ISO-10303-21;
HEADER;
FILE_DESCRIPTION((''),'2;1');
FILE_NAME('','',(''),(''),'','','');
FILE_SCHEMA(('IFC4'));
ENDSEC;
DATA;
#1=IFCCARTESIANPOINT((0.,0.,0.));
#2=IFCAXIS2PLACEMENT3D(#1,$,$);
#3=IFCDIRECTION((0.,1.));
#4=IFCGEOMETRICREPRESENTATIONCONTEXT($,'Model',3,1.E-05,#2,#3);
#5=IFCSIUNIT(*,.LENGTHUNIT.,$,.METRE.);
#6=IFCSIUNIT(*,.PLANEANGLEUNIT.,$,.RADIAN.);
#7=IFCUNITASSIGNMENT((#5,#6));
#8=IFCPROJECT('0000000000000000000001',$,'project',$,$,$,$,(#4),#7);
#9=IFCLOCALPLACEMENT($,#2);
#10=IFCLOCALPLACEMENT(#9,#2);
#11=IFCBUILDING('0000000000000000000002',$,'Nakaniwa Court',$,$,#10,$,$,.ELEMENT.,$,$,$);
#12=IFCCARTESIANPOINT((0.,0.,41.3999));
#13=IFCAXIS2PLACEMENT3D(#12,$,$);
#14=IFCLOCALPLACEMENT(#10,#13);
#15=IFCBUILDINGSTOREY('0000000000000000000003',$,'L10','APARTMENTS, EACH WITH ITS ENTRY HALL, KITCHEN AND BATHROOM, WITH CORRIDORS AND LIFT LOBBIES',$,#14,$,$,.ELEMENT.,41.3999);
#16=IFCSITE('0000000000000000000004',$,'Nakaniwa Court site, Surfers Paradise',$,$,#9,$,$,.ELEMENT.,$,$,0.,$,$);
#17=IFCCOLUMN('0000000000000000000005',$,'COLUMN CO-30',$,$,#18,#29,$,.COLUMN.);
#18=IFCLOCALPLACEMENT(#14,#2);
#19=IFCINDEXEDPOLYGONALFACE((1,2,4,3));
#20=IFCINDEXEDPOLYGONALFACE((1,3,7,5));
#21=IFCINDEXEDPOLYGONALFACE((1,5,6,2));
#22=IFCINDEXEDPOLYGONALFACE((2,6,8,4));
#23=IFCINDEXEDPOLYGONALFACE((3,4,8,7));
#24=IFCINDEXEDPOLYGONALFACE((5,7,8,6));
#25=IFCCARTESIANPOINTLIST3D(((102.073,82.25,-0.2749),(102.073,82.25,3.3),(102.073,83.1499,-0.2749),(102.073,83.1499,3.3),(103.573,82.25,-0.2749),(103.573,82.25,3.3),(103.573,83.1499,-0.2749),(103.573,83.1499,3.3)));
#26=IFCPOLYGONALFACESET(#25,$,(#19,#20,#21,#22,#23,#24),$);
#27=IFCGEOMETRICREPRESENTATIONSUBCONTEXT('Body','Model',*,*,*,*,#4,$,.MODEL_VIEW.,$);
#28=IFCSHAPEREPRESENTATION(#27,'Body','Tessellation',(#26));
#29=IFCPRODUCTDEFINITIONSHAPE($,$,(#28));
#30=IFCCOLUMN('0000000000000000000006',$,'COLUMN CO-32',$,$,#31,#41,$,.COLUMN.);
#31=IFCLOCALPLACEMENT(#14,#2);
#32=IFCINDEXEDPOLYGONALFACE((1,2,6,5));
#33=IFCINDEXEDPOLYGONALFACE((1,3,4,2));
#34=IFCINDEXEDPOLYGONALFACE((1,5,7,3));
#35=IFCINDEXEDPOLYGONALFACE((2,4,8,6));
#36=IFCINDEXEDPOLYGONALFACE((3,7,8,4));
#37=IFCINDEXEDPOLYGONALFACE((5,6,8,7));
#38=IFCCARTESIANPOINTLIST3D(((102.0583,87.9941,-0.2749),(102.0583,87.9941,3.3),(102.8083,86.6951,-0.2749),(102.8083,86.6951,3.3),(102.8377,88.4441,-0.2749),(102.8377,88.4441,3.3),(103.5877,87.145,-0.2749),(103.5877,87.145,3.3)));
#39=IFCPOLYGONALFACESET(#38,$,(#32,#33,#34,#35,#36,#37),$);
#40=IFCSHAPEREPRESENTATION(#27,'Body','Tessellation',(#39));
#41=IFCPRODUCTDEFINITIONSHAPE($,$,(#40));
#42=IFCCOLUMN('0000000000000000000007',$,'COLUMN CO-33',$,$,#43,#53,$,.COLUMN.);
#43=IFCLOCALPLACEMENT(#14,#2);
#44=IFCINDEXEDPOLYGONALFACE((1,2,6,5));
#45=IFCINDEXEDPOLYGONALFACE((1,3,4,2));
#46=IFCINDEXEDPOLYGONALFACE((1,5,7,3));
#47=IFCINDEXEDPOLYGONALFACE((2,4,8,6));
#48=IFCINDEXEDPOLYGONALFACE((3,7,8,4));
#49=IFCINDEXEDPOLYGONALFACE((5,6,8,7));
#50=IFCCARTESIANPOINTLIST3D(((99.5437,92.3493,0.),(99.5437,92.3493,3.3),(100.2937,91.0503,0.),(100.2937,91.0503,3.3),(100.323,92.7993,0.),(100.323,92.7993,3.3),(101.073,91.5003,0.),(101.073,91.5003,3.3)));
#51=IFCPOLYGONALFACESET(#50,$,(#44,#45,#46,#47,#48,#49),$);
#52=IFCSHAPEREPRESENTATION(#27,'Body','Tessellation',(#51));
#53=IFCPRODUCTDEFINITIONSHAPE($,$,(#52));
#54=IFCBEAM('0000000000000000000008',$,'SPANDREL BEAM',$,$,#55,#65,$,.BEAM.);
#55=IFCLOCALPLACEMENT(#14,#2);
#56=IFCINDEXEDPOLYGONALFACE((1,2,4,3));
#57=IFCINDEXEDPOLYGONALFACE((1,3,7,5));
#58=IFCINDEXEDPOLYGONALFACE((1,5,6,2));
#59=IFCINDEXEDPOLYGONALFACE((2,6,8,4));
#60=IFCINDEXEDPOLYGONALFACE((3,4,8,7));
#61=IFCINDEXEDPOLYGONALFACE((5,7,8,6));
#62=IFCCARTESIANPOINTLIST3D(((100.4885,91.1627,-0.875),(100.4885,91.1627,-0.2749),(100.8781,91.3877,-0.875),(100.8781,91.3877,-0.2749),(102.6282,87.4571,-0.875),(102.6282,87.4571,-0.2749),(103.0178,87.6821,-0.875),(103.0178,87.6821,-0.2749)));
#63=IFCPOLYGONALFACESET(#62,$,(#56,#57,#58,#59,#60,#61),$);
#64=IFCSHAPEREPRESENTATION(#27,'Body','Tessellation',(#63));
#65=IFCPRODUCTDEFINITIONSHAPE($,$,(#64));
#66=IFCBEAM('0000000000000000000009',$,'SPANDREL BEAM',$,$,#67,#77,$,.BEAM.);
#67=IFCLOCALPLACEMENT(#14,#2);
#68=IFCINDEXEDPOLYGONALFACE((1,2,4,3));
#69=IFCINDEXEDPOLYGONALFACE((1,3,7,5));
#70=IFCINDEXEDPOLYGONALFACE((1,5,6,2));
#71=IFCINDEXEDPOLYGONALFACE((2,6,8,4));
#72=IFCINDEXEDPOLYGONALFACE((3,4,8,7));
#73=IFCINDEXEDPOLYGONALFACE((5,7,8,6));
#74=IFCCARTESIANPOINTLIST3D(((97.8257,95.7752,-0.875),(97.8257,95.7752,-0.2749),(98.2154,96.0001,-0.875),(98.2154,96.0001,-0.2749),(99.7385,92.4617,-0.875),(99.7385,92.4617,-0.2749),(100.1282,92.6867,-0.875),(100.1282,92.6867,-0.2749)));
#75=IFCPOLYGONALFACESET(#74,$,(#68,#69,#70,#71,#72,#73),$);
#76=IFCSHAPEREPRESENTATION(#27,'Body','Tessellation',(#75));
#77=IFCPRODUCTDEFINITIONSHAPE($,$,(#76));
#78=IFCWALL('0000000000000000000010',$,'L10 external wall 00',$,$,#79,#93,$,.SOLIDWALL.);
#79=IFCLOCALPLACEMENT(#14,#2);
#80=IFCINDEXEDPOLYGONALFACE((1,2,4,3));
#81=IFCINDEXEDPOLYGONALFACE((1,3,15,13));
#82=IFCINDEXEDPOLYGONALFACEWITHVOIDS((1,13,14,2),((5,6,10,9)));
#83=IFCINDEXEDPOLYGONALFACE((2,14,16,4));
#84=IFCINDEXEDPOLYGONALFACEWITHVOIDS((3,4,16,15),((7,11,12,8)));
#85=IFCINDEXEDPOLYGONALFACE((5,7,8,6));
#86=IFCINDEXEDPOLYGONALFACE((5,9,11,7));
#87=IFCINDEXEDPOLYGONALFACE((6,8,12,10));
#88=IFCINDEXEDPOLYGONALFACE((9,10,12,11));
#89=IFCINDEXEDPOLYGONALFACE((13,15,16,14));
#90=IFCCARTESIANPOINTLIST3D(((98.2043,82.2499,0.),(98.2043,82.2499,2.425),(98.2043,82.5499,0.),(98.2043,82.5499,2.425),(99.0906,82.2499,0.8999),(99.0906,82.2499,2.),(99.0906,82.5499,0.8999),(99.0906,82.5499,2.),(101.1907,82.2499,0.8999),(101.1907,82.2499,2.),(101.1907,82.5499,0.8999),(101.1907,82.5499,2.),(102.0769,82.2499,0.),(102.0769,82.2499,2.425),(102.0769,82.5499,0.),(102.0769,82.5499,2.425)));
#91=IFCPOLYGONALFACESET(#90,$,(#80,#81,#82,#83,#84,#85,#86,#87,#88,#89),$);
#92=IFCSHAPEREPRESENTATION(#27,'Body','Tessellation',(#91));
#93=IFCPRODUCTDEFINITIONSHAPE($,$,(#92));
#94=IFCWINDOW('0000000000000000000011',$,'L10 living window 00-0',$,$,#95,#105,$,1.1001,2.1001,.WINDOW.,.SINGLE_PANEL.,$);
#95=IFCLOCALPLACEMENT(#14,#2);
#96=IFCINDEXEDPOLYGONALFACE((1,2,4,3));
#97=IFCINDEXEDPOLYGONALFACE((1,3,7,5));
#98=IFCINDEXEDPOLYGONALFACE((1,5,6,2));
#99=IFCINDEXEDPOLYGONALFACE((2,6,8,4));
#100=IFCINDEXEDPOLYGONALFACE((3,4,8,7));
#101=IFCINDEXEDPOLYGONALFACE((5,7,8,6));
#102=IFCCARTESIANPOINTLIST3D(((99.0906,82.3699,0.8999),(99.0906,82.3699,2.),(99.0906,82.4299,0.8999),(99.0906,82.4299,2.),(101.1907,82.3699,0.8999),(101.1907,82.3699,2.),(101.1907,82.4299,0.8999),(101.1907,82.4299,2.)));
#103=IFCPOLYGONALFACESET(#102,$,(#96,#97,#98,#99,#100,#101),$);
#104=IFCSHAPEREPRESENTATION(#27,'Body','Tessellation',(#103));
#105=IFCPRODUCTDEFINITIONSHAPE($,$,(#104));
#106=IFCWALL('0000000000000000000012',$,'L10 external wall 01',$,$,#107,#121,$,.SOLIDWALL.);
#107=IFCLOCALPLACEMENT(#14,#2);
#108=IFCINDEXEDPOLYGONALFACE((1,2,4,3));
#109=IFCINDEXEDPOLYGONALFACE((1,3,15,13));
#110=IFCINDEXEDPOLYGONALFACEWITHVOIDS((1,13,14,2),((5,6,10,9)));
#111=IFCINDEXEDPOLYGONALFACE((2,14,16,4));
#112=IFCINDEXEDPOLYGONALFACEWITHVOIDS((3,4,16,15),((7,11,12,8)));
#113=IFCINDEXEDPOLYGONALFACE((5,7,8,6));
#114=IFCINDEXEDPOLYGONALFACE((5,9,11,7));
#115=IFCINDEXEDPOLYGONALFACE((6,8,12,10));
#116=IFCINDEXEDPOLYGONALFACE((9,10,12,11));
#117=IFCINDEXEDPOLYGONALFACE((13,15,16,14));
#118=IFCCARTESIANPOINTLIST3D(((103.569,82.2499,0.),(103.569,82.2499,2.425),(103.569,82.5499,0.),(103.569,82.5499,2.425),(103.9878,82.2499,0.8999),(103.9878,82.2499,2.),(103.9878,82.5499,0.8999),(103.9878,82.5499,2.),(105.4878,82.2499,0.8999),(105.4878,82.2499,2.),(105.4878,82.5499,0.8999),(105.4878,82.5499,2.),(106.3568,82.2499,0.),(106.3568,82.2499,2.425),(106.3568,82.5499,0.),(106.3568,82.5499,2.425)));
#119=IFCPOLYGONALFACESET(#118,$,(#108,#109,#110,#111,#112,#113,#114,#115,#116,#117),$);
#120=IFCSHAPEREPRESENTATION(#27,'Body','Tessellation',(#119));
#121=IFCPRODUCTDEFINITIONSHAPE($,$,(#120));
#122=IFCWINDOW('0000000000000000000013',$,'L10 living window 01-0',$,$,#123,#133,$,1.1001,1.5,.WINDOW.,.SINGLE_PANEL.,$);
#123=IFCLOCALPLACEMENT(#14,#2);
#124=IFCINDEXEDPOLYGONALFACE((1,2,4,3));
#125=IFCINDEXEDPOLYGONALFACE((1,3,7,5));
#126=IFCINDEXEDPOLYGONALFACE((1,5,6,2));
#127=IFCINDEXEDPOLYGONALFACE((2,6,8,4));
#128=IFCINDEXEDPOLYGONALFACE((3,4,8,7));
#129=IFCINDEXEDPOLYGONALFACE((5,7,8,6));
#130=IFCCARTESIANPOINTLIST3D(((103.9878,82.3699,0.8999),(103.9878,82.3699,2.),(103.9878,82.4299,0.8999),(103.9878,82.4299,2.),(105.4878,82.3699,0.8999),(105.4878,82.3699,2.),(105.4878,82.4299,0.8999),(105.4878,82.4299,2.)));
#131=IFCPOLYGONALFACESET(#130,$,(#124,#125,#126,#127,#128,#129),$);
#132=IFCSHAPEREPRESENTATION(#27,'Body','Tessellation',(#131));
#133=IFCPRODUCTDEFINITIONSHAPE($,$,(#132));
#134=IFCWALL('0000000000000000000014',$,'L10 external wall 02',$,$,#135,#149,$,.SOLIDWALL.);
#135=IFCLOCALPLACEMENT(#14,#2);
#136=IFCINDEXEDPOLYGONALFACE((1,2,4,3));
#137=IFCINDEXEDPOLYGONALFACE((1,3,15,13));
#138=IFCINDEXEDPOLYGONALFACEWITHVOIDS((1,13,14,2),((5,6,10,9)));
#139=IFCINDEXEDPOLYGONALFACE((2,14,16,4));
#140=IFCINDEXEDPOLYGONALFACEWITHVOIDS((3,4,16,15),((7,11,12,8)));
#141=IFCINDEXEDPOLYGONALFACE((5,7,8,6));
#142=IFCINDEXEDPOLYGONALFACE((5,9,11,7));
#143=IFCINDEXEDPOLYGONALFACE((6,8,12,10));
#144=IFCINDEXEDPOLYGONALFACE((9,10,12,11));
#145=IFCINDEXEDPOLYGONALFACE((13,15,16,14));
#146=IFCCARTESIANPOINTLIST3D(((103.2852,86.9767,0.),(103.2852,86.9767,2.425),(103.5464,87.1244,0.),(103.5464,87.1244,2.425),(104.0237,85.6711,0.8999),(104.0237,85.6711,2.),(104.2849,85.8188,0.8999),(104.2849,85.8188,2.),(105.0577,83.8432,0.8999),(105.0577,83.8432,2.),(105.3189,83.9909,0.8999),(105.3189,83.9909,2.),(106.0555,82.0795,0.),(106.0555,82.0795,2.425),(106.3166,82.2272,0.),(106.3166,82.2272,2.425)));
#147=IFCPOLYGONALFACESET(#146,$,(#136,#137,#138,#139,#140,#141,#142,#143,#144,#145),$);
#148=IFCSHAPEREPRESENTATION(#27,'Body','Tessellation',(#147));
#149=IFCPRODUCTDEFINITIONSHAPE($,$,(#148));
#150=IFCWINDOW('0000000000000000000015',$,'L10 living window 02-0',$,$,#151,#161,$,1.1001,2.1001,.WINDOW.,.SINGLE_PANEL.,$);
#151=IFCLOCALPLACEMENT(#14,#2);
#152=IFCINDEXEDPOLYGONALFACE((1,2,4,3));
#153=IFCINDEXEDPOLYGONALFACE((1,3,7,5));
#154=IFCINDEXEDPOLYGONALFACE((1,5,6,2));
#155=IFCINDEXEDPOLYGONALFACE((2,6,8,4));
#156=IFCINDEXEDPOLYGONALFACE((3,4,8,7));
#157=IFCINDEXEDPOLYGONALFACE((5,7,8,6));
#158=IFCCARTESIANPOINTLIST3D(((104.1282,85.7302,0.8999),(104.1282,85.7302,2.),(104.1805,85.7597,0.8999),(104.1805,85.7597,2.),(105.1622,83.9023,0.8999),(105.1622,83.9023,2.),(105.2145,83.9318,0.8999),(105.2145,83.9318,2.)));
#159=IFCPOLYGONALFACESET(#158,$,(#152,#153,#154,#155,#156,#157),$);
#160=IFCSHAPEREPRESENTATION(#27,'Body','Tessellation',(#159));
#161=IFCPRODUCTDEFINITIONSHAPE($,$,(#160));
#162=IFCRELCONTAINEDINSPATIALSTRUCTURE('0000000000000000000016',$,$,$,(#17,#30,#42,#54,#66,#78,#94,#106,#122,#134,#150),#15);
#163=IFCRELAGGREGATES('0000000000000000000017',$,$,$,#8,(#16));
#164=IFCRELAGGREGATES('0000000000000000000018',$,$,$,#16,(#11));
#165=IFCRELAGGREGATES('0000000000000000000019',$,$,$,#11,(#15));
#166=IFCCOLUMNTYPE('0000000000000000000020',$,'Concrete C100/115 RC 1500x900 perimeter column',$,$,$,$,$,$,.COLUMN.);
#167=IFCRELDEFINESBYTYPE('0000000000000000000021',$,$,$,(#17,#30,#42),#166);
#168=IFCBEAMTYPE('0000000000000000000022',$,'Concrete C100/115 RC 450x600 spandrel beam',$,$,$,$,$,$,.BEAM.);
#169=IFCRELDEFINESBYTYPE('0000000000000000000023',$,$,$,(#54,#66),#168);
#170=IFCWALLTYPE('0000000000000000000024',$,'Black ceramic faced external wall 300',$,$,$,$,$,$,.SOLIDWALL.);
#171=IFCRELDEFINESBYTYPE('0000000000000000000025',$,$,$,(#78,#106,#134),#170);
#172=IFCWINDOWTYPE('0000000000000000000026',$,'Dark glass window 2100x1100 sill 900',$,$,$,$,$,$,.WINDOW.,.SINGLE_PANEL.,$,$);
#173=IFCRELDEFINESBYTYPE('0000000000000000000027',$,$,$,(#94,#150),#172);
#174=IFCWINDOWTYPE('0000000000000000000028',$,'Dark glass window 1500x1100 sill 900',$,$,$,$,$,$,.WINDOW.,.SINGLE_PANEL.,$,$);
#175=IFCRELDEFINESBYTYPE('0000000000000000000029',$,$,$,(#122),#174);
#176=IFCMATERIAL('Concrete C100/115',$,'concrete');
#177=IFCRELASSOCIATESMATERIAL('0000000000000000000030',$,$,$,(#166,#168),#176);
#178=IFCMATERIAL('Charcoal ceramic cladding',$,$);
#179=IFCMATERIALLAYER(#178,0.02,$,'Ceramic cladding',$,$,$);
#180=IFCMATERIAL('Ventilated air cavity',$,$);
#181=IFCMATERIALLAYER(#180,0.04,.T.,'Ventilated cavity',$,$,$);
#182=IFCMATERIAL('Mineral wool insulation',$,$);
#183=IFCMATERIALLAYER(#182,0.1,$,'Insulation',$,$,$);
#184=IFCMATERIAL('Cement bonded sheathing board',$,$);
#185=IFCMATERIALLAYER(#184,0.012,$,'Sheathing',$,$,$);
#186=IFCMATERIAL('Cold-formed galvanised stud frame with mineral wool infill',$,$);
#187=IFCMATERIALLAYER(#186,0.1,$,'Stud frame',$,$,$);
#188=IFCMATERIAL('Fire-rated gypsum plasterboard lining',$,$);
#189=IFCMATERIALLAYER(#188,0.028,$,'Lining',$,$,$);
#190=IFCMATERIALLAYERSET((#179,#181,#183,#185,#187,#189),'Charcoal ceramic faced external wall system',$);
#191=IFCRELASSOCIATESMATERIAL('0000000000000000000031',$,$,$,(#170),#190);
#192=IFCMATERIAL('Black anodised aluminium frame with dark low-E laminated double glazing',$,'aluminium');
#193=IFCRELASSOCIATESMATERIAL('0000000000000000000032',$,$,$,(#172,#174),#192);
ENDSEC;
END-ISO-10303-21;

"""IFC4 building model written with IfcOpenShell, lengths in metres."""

from ifc_helpers import new_model, si_unit, direction, frame, frame_2d, origin, origin_2d, place, context, subcontext, project, spatial, rectangle, extrude, material, layer, layer_set, material_profile, profile_set, type_object, element, fill, save


model = new_model("IFC4")

# Units and contexts
model_context = context("Model", 3, precision=1e-05, world=origin(), true_north=direction((0.0, 1.0)))
body_context = subcontext(model_context, "Body", "Model", "MODEL_VIEW")
ifc_project = project(units=[si_unit("LENGTHUNIT", "METRE"), si_unit("PLANEANGLEUNIT", "RADIAN")], contexts=[model_context])

# Site, building, storey
site_placement = place(None, origin())
site = spatial("IfcSite", under=ifc_project, at=site_placement, Name="Nakaniwa Court site, Surfers Paradise", CompositionType="ELEMENT", RefElevation=0.0)
building_placement = place(site_placement, origin())
building = spatial("IfcBuilding", under=site, at=building_placement, Name="Nakaniwa Court", CompositionType="ELEMENT")
storey_placement = place(building_placement, frame((0.0, 0.0, 41.3999)))
storey = spatial("IfcBuildingStorey", under=building, at=storey_placement, Name="L10", Description="APARTMENTS, EACH WITH ITS ENTRY HALL, KITCHEN AND BATHROOM, WITH CORRIDORS AND LIFT LOBBIES", CompositionType="ELEMENT", Elevation=41.3999)

# Columns
ifc_material_1 = material(Name="Concrete C100/115", Category="concrete")
ifc_material_profile_1 = material_profile(ifc_material_1, rectangle(XDim=1.5, YDim=0.8999, at=origin_2d()), Name="Concrete C100/115 RC 1500x900 perimeter column")
ifc_profile_set_1 = profile_set([ifc_material_profile_1], Name="Concrete C100/115")
column_type = type_object("IfcColumnType", Name="Concrete C100/115 RC 1500x900 perimeter column", PredefinedType="COLUMN", material=ifc_profile_set_1)
for number, where, z_axis, x_axis, name in (
    (1, (102.823, 82.7, -0.2749), (0.0, 0.0, 1.0), (1.0, 0.0, 0.0), "COLUMN CO-30"),
    (2, (102.823, 87.5696, -0.2749), (0.0, 0.0, 1.0), (-0.5, 0.866025, 0.0), "COLUMN CO-32"),
):
    element("IfcColumn", number, at=place(storey_placement, frame(where, z_axis=z_axis, x_axis=x_axis)), inside=storey, type_object=column_type, Name=name, PredefinedType="COLUMN", context=body_context, shape_type="SweptSolid", body=[
        extrude(rectangle(XDim=1.5, YDim=0.8999, at=origin_2d()), origin(), (0.0, 0.0, 1.0), 3.575),
    ])
column_placement = place(storey_placement, frame((100.3083, 91.9248, 0.0), z_axis=(0.0, 0.0, 1.0), x_axis=(-0.5, 0.866025, 0.0)))
element("IfcColumn", 3, at=column_placement, inside=storey, type_object=column_type, Name="COLUMN CO-33", PredefinedType="COLUMN", context=body_context, shape_type="SweptSolid", body=[
    extrude(rectangle(XDim=1.5, YDim=0.8999, at=origin_2d()), origin(), (0.0, 0.0, 1.0), 3.3),
])

# Beams
ifc_material_profile_2 = material_profile(ifc_material_1, rectangle(XDim=0.45, YDim=0.6001, at=origin_2d()), Name="Concrete C100/115 RC 450x600 spandrel beam")
ifc_profile_set_2 = profile_set([ifc_material_profile_2], Name="Concrete C100/115")
beam_type = type_object("IfcBeamType", Name="Concrete C100/115 RC 450x600 spandrel beam", PredefinedType="BEAM", material=ifc_profile_set_2)
beam_1_placement = place(storey_placement, frame((102.823, 87.5696, -0.575), z_axis=(-0.500042, 0.866001, 0.0), x_axis=(-0.866001, -0.500042, 0.0)))
element("IfcBeam", 4, at=beam_1_placement, inside=storey, type_object=beam_type, Name="SPANDREL BEAM", PredefinedType="BEAM", context=body_context, shape_type="SweptSolid", body=[
    extrude(rectangle(XDim=0.45, YDim=0.6001, at=origin_2d()), origin(), (0.0, 0.0, 1.0), 4.2791),
])
beam_2_placement = place(storey_placement, frame((99.9333, 92.5742, -0.575), z_axis=(-0.499962, 0.866047, 0.0), x_axis=(-0.866047, -0.499962, 0.0)))
element("IfcBeam", 5, at=beam_2_placement, inside=storey, type_object=beam_type, Name="SPANDREL BEAM", PredefinedType="BEAM", context=body_context, shape_type="SweptSolid", body=[
    extrude(rectangle(XDim=0.45, YDim=0.6001, at=origin_2d()), origin(), (0.0, 0.0, 1.0), 3.8259),
])

# Walls, openings, windows
ifc_material_2 = material(Name="Charcoal ceramic cladding")
ifc_layer_1 = layer(ifc_material_2, 0.02, Name="Ceramic cladding")
ifc_material_3 = material(Name="Ventilated air cavity")
ifc_layer_2 = layer(ifc_material_3, 0.04, ventilated=True, Name="Ventilated cavity")
ifc_material_4 = material(Name="Mineral wool insulation")
ifc_layer_3 = layer(ifc_material_4, 0.1, Name="Insulation")
ifc_material_5 = material(Name="Cement bonded sheathing board")
ifc_layer_4 = layer(ifc_material_5, 0.012, Name="Sheathing")
ifc_material_6 = material(Name="Cold-formed galvanised stud frame with mineral wool infill")
ifc_layer_5 = layer(ifc_material_6, 0.1, Name="Stud frame")
ifc_material_7 = material(Name="Fire-rated gypsum plasterboard lining")
ifc_layer_6 = layer(ifc_material_7, 0.028, Name="Lining")
ifc_layer_set = layer_set([ifc_layer_1, ifc_layer_2, ifc_layer_3, ifc_layer_4, ifc_layer_5, ifc_layer_6], Name="Charcoal ceramic faced external wall system")
wall_type = type_object("IfcWallType", Name="Black ceramic faced external wall 300", PredefinedType="SOLIDWALL", material=ifc_layer_set)
wall_1_placement = place(storey_placement, frame((98.2043, 82.3999, 0.0), z_axis=(0.0, 0.0, 1.0), x_axis=(1.0, 0.0, 0.0)))
wall_1 = element("IfcWall", 6, at=wall_1_placement, inside=storey, type_object=wall_type, Name="L10 external wall 00", PredefinedType="SOLIDWALL", context=body_context, shape_type="SweptSolid", body=[
    extrude(rectangle(XDim=3.8726, YDim=0.3, at=frame_2d((1.9363, 0.0))), origin(), (0.0, 0.0, 1.0), 2.425),
])
opening_1_placement = place(wall_1_placement, frame((0.8862, 0.0, 0.8999)))
opening_1 = element("IfcOpeningElement", 7, at=opening_1_placement, cuts=wall_1, PredefinedType="OPENING", context=body_context, shape_type="SweptSolid", body=[
    extrude(rectangle(XDim=2.1001, YDim=1.1001, at=frame_2d((1.05, 0.55))), frame((0.0, 0.1599, 0.0), z_axis=(0.0, -1.0, 0.0), x_axis=(1.0, 0.0, 0.0)), (0.0, 0.0, 1.0), 0.3201),
])
ifc_material_8 = material(Name="Black anodised aluminium frame with dark low-E laminated double glazing", Category="aluminium")
window_type_1 = type_object("IfcWindowType", Name="Dark glass window 2100x1100 sill 900", PartitioningType="SINGLE_PANEL", PredefinedType="WINDOW", material=ifc_material_8)
window_1_placement = place(opening_1_placement, origin())
window_1 = element("IfcWindow", 8, at=window_1_placement, inside=storey, type_object=window_type_1, Name="L10 living window 00-0", OverallHeight=1.1001, OverallWidth=2.1001, PartitioningType="SINGLE_PANEL", PredefinedType="WINDOW", context=body_context, shape_type="SweptSolid", body=[
    extrude(rectangle(XDim=2.1001, YDim=1.1001, at=frame_2d((1.05, 0.55))), frame((0.0, 0.03, 0.0), z_axis=(0.0, -1.0, 0.0), x_axis=(1.0, 0.0, 0.0)), (0.0, 0.0, 1.0), 0.0601),
])
fill(opening_1, window_1)
wall_2_placement = place(storey_placement, frame((103.5688, 82.3999, 0.0), z_axis=(0.0, 0.0, 1.0), x_axis=(1.0, 0.0, 0.0)))
wall_2 = element("IfcWall", 9, at=wall_2_placement, inside=storey, type_object=wall_type, Name="L10 external wall 01", PredefinedType="SOLIDWALL", context=body_context, shape_type="SweptSolid", body=[
    extrude(rectangle(XDim=2.7878, YDim=0.3, at=frame_2d((1.394, 0.0))), origin(), (0.0, 0.0, 1.0), 2.425),
])
opening_2_placement = place(wall_2_placement, frame((0.4189, 0.0, 0.8999)))
opening_2 = element("IfcOpeningElement", 10, at=opening_2_placement, cuts=wall_2, PredefinedType="OPENING", context=body_context, shape_type="SweptSolid", body=[
    extrude(rectangle(XDim=1.5, YDim=1.1001, at=frame_2d((0.75, 0.55))), frame((0.0, 0.1599, 0.0), z_axis=(0.0, -1.0, 0.0), x_axis=(1.0, 0.0, 0.0)), (0.0, 0.0, 1.0), 0.3201),
])
window_type_2 = type_object("IfcWindowType", Name="Dark glass window 1500x1100 sill 900", PartitioningType="SINGLE_PANEL", PredefinedType="WINDOW", material=ifc_material_8)
window_2_placement = place(opening_2_placement, origin())
window_2 = element("IfcWindow", 11, at=window_2_placement, inside=storey, type_object=window_type_2, Name="L10 living window 01-0", OverallHeight=1.1001, OverallWidth=1.5, PartitioningType="SINGLE_PANEL", PredefinedType="WINDOW", context=body_context, shape_type="SweptSolid", body=[
    extrude(rectangle(XDim=1.5, YDim=1.1001, at=frame_2d((0.75, 0.55))), frame((0.0, 0.03, 0.0), z_axis=(0.0, -1.0, 0.0), x_axis=(1.0, 0.0, 0.0)), (0.0, 0.0, 1.0), 0.0601),
])
fill(opening_2, window_2)
wall_3_placement = place(storey_placement, frame((106.186, 82.1533, 0.0), z_axis=(0.0, 0.0, 1.0), x_axis=(-0.492363, 0.87039, 0.0)))
wall_3 = element("IfcWall", 12, at=wall_3_placement, inside=storey, type_object=wall_type, Name="L10 external wall 02", PredefinedType="SOLIDWALL", context=body_context, shape_type="SweptSolid", body=[
    extrude(rectangle(XDim=5.6265, YDim=0.3, at=frame_2d((2.8132, 0.0))), origin(), (0.0, 0.0, 1.0), 2.425),
])
opening_3_placement = place(wall_3_placement, frame((2.0264, 0.0, 0.8999)))
opening_3 = element("IfcOpeningElement", 13, at=opening_3_placement, cuts=wall_3, PredefinedType="OPENING", context=body_context, shape_type="SweptSolid", body=[
    extrude(rectangle(XDim=2.1001, YDim=1.1001, at=frame_2d((1.05, 0.55))), frame((0.0, 0.1599, 0.0), z_axis=(0.0, -1.0, 0.0), x_axis=(1.0, 0.0, 0.0)), (0.0, 0.0, 1.0), 0.3201),
])
window_3_placement = place(opening_3_placement, origin())
window_3 = element("IfcWindow", 14, at=window_3_placement, inside=storey, type_object=window_type_1, Name="L10 living window 02-0", OverallHeight=1.1001, OverallWidth=2.1001, PartitioningType="SINGLE_PANEL", PredefinedType="WINDOW", context=body_context, shape_type="SweptSolid", body=[
    extrude(rectangle(XDim=2.1001, YDim=1.1001, at=frame_2d((1.05, 0.55))), frame((0.0, 0.03, 0.0), z_axis=(0.0, -1.0, 0.0), x_axis=(1.0, 0.0, 0.0)), (0.0, 0.0, 1.0), 0.0601),
])
fill(opening_3, window_3)

save(model, "model.ifc")
